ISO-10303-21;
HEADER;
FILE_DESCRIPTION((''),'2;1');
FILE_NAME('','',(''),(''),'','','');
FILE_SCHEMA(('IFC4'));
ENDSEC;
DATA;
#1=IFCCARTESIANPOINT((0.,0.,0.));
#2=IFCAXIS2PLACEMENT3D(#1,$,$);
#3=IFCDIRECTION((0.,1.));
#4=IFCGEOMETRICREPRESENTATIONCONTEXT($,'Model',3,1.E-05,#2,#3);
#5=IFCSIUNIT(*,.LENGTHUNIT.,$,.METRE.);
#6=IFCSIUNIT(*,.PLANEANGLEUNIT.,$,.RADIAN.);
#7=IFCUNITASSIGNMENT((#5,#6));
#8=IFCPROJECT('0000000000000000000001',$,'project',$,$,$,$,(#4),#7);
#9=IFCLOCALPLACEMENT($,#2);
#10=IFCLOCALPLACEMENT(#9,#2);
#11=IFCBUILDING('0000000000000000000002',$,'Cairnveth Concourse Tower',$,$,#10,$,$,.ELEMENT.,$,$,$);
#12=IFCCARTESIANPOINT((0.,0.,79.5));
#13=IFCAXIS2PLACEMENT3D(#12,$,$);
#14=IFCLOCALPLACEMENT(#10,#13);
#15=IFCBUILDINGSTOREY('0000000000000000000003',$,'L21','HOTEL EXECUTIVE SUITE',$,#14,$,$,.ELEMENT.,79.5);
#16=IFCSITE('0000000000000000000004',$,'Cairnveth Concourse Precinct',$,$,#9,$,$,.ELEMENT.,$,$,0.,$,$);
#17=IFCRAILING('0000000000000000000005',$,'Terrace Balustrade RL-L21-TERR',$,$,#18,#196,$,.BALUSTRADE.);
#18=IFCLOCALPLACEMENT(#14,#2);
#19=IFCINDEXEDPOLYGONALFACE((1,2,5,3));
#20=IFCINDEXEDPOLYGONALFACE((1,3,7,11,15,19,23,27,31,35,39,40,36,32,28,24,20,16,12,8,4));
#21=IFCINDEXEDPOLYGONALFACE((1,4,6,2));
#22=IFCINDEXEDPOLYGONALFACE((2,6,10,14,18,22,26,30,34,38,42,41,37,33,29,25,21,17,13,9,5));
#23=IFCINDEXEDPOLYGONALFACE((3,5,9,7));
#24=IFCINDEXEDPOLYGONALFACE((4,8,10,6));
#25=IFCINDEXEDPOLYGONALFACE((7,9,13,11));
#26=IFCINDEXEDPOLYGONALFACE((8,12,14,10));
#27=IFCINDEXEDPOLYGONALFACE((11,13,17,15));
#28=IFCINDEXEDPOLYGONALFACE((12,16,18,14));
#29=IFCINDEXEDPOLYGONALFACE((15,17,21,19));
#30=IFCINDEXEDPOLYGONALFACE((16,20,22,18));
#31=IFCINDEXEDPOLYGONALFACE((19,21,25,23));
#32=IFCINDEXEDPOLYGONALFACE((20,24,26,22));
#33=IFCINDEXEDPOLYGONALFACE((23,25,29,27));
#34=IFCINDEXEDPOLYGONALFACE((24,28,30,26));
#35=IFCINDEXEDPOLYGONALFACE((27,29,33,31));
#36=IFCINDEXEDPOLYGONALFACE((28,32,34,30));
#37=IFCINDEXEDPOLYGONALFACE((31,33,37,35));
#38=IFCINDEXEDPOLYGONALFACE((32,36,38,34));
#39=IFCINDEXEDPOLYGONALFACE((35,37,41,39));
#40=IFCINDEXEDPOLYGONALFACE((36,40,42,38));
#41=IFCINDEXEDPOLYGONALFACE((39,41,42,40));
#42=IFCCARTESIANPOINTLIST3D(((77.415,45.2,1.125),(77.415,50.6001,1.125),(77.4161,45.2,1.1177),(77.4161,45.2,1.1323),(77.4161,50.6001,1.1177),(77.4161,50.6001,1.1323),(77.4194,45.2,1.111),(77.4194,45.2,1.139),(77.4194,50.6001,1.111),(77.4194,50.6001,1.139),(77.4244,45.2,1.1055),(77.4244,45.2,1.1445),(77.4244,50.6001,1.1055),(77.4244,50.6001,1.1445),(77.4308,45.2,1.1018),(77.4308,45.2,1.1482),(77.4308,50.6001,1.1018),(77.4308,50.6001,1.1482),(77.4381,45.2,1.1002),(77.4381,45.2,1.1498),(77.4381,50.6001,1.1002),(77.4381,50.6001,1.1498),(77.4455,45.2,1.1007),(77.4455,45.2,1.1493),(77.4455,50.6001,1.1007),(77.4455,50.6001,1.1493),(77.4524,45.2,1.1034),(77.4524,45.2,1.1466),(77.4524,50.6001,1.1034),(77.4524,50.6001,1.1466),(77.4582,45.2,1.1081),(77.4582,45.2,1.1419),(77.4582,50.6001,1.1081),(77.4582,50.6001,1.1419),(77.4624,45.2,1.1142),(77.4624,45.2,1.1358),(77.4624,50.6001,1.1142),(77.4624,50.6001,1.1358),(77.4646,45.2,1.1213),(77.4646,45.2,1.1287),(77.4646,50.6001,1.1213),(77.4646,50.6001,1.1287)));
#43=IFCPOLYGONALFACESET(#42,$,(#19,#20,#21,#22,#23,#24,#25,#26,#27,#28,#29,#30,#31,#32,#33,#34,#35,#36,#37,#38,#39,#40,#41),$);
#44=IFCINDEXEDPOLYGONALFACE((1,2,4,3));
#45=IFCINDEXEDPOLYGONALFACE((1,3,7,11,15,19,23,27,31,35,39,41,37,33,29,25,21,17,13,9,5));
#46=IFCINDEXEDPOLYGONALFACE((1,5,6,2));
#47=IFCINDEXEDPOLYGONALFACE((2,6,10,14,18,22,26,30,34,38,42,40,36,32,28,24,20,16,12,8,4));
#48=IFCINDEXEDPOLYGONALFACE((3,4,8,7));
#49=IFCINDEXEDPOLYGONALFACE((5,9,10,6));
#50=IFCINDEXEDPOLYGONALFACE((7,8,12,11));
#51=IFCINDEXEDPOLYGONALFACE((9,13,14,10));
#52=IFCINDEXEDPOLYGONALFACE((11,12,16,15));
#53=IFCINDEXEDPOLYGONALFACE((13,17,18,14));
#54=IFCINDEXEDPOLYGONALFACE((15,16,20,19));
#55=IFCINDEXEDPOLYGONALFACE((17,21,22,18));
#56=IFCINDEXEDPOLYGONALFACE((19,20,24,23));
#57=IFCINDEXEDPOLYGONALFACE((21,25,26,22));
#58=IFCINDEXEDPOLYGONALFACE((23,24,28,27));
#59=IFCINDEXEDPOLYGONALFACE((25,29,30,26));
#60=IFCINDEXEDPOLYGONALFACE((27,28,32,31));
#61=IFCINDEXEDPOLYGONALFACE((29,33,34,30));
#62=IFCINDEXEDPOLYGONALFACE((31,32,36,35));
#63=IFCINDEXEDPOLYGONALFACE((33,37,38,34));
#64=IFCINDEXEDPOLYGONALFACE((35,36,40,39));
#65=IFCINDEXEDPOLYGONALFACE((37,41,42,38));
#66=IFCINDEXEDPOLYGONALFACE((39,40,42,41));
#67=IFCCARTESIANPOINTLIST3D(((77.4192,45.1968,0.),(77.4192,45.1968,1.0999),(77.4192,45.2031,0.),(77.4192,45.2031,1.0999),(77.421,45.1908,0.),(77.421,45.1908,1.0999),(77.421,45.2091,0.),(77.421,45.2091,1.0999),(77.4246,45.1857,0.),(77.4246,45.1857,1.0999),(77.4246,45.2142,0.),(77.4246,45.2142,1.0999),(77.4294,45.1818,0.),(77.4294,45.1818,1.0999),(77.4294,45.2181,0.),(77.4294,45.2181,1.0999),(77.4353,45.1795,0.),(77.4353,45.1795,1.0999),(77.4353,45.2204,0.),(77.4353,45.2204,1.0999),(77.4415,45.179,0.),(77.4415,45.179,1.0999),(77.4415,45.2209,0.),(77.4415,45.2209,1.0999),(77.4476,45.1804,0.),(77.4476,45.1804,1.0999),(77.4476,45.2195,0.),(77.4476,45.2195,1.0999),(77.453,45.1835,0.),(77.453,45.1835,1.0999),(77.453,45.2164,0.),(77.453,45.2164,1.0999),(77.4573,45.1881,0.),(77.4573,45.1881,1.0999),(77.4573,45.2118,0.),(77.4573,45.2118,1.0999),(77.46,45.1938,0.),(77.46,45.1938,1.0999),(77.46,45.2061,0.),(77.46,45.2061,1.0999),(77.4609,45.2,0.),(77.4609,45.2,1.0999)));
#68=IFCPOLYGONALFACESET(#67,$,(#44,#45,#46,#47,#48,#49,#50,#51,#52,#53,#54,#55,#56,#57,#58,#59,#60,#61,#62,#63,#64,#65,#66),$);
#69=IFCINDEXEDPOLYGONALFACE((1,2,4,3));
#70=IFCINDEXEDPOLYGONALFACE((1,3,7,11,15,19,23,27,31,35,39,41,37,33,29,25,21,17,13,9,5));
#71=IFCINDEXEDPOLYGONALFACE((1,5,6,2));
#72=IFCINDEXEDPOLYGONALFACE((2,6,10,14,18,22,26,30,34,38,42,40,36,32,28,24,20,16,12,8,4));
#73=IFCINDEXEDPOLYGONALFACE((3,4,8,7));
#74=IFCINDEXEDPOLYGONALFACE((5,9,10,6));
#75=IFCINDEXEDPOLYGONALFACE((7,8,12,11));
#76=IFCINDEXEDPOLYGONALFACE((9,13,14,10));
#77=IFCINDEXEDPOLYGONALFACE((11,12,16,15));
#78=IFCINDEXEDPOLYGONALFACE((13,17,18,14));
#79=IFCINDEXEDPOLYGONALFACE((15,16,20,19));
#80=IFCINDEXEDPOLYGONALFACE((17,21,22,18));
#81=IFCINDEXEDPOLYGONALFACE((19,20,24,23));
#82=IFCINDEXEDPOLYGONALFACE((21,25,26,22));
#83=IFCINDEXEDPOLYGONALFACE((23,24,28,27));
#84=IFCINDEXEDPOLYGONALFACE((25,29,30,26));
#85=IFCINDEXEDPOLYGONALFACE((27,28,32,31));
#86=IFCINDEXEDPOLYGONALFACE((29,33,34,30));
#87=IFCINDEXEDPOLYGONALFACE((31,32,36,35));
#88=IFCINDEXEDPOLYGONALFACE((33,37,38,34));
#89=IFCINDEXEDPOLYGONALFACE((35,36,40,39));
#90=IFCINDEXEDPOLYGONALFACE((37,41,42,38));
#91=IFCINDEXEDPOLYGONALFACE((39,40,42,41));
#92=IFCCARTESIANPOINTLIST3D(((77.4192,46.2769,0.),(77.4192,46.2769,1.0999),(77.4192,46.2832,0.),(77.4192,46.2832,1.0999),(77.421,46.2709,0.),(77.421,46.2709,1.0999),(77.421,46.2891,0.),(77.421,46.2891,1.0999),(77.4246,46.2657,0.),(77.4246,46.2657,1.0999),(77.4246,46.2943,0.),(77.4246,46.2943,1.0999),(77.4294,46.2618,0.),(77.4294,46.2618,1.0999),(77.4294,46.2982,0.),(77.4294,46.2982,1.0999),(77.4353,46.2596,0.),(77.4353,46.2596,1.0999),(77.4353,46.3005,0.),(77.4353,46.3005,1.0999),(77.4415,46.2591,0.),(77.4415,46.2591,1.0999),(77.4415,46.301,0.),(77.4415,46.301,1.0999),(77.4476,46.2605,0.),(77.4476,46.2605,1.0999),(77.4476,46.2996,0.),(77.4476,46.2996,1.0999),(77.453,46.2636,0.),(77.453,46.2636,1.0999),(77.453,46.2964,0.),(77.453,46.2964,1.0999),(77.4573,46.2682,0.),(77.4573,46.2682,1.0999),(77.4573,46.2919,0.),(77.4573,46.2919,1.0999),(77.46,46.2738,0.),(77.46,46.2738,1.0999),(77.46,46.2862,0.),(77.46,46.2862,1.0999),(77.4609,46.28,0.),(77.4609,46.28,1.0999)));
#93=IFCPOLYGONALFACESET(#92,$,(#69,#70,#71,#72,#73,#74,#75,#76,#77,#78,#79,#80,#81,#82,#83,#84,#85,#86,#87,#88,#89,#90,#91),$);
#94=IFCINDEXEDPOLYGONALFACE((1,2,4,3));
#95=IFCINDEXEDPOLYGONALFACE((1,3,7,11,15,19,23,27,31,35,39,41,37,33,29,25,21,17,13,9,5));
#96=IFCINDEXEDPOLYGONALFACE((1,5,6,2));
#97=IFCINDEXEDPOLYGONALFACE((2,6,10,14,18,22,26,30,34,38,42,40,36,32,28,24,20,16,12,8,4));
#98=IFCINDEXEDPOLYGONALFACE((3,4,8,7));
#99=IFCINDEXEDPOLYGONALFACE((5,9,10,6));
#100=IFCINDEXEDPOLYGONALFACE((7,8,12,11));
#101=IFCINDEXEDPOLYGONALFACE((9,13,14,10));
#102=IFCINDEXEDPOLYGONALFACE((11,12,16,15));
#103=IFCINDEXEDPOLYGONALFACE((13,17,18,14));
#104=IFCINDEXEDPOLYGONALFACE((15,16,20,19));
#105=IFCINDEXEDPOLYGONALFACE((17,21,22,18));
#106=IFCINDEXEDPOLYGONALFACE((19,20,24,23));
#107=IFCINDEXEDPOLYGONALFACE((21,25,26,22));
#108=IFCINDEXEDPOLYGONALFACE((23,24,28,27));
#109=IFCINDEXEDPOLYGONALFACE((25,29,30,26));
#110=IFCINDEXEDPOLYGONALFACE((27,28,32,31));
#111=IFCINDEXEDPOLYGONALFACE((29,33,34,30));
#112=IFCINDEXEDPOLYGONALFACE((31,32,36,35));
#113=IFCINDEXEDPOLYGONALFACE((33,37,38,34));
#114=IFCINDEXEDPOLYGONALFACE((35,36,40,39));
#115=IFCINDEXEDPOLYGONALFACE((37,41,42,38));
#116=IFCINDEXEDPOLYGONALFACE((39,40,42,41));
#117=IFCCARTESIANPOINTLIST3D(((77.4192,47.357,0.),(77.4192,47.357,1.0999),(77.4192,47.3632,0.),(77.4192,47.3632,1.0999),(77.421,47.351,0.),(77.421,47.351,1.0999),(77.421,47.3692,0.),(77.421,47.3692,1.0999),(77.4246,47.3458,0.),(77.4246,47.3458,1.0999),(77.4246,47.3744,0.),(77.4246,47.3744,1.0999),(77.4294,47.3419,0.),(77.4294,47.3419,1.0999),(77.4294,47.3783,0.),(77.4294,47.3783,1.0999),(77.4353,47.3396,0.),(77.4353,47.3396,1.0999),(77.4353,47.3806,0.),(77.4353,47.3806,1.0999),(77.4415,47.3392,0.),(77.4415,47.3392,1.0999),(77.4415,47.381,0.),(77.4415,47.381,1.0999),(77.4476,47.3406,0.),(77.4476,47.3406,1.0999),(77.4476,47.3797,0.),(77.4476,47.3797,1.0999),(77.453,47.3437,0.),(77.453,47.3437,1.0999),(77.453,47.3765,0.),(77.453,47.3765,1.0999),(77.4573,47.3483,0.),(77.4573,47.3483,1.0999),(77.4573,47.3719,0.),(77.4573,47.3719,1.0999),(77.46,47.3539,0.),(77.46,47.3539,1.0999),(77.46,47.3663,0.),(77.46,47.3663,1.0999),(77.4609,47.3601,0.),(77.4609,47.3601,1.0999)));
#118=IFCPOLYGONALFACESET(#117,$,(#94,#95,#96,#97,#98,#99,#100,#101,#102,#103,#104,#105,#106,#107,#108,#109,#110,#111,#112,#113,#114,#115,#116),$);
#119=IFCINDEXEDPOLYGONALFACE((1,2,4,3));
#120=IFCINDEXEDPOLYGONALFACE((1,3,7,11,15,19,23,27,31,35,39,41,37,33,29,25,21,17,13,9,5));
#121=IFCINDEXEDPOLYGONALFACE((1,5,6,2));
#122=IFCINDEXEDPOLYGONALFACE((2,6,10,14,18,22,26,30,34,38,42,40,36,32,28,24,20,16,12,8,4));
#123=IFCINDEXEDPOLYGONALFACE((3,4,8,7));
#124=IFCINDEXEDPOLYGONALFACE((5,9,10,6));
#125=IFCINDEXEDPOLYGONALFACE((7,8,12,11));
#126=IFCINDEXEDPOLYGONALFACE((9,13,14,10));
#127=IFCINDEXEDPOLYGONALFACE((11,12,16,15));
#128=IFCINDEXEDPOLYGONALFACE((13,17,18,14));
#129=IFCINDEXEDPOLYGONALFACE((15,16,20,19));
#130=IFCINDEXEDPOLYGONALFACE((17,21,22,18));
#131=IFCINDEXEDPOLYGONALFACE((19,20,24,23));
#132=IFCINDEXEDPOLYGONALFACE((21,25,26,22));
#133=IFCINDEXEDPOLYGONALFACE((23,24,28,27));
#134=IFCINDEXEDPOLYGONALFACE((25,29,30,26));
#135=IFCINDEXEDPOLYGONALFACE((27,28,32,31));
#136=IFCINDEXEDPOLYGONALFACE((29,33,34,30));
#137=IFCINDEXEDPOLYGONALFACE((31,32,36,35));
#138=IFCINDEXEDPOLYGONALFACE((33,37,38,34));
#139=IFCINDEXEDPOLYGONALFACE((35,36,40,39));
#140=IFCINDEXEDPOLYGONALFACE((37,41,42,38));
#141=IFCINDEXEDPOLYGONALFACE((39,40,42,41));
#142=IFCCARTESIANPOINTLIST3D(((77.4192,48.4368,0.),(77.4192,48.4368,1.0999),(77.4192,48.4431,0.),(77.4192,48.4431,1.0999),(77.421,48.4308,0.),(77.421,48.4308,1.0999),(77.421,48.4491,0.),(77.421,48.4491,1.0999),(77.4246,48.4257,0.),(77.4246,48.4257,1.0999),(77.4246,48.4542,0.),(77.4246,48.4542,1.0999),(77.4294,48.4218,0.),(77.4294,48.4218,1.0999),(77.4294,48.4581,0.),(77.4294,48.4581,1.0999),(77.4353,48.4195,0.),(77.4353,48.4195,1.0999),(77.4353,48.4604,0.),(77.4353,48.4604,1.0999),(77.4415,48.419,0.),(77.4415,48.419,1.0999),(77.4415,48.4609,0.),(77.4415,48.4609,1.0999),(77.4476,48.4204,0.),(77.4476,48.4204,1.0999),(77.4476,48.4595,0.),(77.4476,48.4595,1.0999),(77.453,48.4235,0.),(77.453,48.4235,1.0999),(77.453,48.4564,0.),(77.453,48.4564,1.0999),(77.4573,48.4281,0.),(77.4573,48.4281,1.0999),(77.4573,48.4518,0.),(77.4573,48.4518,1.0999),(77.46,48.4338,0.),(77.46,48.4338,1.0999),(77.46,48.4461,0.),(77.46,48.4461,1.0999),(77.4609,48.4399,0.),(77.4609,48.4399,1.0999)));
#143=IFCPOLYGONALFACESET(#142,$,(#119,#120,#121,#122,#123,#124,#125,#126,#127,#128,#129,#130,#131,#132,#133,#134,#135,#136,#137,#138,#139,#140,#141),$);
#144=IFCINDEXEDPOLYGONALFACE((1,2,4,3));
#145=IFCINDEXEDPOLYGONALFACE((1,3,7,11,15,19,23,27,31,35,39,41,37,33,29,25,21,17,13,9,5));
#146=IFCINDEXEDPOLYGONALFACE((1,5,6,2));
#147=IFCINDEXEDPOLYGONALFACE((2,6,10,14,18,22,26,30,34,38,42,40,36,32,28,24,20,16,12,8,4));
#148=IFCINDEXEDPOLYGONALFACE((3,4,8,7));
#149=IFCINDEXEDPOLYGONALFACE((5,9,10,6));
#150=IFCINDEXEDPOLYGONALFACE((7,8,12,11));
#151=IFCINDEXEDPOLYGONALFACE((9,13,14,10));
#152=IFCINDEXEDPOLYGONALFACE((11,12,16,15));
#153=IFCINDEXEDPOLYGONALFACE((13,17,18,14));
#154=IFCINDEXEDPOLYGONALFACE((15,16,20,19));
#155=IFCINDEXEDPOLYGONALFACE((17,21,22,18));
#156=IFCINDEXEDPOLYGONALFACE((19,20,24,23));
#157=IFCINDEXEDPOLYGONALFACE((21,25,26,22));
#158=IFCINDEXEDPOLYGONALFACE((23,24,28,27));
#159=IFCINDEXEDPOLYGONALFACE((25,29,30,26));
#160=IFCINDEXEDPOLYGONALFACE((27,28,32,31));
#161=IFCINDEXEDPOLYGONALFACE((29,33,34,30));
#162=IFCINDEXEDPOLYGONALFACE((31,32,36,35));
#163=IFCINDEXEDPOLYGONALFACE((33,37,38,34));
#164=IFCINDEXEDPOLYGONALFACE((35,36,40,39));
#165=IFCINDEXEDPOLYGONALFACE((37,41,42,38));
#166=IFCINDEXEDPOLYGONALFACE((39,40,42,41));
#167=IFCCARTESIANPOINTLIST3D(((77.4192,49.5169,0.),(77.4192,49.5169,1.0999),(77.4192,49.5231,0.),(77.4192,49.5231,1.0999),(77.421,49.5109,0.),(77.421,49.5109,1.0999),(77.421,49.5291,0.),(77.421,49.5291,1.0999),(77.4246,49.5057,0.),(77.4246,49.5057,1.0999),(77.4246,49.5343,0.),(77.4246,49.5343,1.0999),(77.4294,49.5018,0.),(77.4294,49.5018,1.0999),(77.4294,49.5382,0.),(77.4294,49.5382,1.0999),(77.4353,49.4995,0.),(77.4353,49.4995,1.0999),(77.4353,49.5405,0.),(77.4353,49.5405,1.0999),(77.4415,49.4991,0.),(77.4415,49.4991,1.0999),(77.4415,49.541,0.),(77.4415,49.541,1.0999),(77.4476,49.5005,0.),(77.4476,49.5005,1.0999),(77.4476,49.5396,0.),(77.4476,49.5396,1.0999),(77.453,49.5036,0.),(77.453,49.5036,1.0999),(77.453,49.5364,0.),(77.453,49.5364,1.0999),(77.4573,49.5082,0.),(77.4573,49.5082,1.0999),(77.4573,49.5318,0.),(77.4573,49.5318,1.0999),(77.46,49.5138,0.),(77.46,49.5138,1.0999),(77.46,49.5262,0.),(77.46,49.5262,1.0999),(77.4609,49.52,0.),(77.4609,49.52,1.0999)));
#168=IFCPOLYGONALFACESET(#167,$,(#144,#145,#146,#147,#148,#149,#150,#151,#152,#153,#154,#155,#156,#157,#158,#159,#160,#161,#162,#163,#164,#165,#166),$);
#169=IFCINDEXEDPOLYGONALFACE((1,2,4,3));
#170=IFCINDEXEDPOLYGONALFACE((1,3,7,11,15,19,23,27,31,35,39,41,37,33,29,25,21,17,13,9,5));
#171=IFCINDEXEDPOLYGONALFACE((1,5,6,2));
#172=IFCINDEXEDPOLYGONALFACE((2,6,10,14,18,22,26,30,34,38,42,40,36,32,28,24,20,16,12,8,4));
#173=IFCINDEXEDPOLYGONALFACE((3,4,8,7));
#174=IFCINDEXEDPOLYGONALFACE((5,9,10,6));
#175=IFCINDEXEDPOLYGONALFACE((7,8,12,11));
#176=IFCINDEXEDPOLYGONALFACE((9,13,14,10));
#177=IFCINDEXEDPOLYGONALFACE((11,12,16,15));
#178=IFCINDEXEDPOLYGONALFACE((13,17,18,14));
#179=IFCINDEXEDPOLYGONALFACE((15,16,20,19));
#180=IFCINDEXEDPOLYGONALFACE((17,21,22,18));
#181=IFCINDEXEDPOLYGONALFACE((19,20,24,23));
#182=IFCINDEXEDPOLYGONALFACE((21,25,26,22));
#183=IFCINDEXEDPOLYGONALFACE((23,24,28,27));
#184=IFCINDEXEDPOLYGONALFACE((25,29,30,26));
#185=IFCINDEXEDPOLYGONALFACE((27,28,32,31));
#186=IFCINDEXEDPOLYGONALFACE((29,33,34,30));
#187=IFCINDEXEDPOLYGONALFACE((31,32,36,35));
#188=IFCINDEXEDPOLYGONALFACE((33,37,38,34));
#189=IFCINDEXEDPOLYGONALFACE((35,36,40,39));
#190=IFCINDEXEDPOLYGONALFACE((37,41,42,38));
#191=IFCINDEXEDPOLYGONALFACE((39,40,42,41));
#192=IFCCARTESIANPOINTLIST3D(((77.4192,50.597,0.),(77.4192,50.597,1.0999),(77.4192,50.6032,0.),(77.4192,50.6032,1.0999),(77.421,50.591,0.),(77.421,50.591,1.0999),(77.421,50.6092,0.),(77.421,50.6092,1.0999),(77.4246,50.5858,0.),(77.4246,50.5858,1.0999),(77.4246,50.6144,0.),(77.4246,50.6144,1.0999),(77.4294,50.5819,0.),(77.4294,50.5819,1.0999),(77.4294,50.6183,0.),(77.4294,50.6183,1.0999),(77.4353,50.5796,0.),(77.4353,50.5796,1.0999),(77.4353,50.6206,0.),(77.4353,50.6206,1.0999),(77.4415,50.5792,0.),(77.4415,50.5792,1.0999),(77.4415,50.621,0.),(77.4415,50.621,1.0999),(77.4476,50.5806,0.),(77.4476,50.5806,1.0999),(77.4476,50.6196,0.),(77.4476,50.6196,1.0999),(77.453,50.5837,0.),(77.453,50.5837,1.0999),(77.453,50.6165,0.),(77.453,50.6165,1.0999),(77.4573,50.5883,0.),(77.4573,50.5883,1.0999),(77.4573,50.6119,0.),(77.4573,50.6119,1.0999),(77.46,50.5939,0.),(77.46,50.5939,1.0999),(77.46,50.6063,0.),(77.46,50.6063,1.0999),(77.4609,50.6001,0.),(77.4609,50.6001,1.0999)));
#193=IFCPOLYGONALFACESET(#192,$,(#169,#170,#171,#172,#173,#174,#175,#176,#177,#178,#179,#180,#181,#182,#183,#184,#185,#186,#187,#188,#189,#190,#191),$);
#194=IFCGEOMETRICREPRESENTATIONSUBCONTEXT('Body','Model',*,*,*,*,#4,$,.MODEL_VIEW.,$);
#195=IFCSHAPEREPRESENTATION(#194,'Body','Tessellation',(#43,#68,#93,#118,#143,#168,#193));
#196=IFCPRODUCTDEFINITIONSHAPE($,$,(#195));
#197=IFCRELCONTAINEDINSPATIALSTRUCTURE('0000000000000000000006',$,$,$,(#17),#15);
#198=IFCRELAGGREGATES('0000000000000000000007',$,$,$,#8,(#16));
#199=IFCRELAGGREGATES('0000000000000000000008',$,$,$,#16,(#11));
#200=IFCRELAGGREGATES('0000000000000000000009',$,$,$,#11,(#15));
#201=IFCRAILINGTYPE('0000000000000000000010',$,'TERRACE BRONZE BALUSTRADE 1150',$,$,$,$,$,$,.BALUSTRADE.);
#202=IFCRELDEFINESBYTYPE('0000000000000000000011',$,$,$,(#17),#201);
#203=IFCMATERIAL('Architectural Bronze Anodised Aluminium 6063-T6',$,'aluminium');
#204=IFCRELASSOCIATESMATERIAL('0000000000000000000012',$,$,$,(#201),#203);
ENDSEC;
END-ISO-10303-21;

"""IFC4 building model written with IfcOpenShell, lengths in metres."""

from ifc_helpers import new_model, si_unit, direction, frame, origin, origin_2d, place, context, subcontext, project, spatial, circle, extrude, material, type_object, element, save


model = new_model("IFC4")

# Units and contexts
model_context = context("Model", 3, precision=1e-05, world=origin(), true_north=direction((0.0, 1.0)))
body_context = subcontext(model_context, "Body", "Model", "MODEL_VIEW")
ifc_project = project(units=[si_unit("LENGTHUNIT", "METRE"), si_unit("PLANEANGLEUNIT", "RADIAN")], contexts=[model_context])

# Site, building, storey
site_placement = place(None, origin())
site = spatial("IfcSite", under=ifc_project, at=site_placement, Name="Cairnveth Concourse Precinct", CompositionType="ELEMENT", RefElevation=0.0)
building_placement = place(site_placement, origin())
building = spatial("IfcBuilding", under=site, at=building_placement, Name="Cairnveth Concourse Tower", CompositionType="ELEMENT")
storey_placement = place(building_placement, frame((0.0, 0.0, 79.5)))
storey = spatial("IfcBuildingStorey", under=building, at=storey_placement, Name="L21", Description="HOTEL EXECUTIVE SUITE", CompositionType="ELEMENT", Elevation=79.5)

# Shared definitions
ifc_material_1 = material(Name="Architectural Bronze Anodised Aluminium 6063-T6", Category="aluminium")

# Railing
railing_type = type_object("IfcRailingType", Name="TERRACE BRONZE BALUSTRADE 1150", PredefinedType="BALUSTRADE", material=ifc_material_1)
railing_placement = place(storey_placement, frame((77.4399, 45.2, 0.0)))
element("IfcRailing", 1, at=railing_placement, inside=storey, type_object=railing_type, Name="Terrace Balustrade RL-L21-TERR", PredefinedType="BALUSTRADE", context=body_context, shape_type="SweptSolid", body=[
    extrude(circle(Radius=0.0249, at=origin_2d()), frame((0.0, 0.0, 1.125), z_axis=(0.0, 1.0, 0.0), x_axis=(-1.0, 0.0, 0.0)), (0.0, 0.0, 1.0), 5.4001),
    extrude(circle(Radius=0.021, at=origin_2d()), origin(), (0.0, 0.0, 1.0), 1.0999),
    extrude(circle(Radius=0.021, at=origin_2d()), frame((0.0, 1.0801, 0.0)), (0.0, 0.0, 1.0), 1.0999),
    extrude(circle(Radius=0.021, at=origin_2d()), frame((0.0, 2.1602, 0.0)), (0.0, 0.0, 1.0), 1.0999),
    extrude(circle(Radius=0.021, at=origin_2d()), frame((0.0, 3.24, 0.0)), (0.0, 0.0, 1.0), 1.0999),
    extrude(circle(Radius=0.021, at=origin_2d()), frame((0.0, 4.3201, 0.0)), (0.0, 0.0, 1.0), 1.0999),
    extrude(circle(Radius=0.021, at=origin_2d()), frame((0.0, 5.4001, 0.0)), (0.0, 0.0, 1.0), 1.0999),
])

save(model, "model.ifc")
